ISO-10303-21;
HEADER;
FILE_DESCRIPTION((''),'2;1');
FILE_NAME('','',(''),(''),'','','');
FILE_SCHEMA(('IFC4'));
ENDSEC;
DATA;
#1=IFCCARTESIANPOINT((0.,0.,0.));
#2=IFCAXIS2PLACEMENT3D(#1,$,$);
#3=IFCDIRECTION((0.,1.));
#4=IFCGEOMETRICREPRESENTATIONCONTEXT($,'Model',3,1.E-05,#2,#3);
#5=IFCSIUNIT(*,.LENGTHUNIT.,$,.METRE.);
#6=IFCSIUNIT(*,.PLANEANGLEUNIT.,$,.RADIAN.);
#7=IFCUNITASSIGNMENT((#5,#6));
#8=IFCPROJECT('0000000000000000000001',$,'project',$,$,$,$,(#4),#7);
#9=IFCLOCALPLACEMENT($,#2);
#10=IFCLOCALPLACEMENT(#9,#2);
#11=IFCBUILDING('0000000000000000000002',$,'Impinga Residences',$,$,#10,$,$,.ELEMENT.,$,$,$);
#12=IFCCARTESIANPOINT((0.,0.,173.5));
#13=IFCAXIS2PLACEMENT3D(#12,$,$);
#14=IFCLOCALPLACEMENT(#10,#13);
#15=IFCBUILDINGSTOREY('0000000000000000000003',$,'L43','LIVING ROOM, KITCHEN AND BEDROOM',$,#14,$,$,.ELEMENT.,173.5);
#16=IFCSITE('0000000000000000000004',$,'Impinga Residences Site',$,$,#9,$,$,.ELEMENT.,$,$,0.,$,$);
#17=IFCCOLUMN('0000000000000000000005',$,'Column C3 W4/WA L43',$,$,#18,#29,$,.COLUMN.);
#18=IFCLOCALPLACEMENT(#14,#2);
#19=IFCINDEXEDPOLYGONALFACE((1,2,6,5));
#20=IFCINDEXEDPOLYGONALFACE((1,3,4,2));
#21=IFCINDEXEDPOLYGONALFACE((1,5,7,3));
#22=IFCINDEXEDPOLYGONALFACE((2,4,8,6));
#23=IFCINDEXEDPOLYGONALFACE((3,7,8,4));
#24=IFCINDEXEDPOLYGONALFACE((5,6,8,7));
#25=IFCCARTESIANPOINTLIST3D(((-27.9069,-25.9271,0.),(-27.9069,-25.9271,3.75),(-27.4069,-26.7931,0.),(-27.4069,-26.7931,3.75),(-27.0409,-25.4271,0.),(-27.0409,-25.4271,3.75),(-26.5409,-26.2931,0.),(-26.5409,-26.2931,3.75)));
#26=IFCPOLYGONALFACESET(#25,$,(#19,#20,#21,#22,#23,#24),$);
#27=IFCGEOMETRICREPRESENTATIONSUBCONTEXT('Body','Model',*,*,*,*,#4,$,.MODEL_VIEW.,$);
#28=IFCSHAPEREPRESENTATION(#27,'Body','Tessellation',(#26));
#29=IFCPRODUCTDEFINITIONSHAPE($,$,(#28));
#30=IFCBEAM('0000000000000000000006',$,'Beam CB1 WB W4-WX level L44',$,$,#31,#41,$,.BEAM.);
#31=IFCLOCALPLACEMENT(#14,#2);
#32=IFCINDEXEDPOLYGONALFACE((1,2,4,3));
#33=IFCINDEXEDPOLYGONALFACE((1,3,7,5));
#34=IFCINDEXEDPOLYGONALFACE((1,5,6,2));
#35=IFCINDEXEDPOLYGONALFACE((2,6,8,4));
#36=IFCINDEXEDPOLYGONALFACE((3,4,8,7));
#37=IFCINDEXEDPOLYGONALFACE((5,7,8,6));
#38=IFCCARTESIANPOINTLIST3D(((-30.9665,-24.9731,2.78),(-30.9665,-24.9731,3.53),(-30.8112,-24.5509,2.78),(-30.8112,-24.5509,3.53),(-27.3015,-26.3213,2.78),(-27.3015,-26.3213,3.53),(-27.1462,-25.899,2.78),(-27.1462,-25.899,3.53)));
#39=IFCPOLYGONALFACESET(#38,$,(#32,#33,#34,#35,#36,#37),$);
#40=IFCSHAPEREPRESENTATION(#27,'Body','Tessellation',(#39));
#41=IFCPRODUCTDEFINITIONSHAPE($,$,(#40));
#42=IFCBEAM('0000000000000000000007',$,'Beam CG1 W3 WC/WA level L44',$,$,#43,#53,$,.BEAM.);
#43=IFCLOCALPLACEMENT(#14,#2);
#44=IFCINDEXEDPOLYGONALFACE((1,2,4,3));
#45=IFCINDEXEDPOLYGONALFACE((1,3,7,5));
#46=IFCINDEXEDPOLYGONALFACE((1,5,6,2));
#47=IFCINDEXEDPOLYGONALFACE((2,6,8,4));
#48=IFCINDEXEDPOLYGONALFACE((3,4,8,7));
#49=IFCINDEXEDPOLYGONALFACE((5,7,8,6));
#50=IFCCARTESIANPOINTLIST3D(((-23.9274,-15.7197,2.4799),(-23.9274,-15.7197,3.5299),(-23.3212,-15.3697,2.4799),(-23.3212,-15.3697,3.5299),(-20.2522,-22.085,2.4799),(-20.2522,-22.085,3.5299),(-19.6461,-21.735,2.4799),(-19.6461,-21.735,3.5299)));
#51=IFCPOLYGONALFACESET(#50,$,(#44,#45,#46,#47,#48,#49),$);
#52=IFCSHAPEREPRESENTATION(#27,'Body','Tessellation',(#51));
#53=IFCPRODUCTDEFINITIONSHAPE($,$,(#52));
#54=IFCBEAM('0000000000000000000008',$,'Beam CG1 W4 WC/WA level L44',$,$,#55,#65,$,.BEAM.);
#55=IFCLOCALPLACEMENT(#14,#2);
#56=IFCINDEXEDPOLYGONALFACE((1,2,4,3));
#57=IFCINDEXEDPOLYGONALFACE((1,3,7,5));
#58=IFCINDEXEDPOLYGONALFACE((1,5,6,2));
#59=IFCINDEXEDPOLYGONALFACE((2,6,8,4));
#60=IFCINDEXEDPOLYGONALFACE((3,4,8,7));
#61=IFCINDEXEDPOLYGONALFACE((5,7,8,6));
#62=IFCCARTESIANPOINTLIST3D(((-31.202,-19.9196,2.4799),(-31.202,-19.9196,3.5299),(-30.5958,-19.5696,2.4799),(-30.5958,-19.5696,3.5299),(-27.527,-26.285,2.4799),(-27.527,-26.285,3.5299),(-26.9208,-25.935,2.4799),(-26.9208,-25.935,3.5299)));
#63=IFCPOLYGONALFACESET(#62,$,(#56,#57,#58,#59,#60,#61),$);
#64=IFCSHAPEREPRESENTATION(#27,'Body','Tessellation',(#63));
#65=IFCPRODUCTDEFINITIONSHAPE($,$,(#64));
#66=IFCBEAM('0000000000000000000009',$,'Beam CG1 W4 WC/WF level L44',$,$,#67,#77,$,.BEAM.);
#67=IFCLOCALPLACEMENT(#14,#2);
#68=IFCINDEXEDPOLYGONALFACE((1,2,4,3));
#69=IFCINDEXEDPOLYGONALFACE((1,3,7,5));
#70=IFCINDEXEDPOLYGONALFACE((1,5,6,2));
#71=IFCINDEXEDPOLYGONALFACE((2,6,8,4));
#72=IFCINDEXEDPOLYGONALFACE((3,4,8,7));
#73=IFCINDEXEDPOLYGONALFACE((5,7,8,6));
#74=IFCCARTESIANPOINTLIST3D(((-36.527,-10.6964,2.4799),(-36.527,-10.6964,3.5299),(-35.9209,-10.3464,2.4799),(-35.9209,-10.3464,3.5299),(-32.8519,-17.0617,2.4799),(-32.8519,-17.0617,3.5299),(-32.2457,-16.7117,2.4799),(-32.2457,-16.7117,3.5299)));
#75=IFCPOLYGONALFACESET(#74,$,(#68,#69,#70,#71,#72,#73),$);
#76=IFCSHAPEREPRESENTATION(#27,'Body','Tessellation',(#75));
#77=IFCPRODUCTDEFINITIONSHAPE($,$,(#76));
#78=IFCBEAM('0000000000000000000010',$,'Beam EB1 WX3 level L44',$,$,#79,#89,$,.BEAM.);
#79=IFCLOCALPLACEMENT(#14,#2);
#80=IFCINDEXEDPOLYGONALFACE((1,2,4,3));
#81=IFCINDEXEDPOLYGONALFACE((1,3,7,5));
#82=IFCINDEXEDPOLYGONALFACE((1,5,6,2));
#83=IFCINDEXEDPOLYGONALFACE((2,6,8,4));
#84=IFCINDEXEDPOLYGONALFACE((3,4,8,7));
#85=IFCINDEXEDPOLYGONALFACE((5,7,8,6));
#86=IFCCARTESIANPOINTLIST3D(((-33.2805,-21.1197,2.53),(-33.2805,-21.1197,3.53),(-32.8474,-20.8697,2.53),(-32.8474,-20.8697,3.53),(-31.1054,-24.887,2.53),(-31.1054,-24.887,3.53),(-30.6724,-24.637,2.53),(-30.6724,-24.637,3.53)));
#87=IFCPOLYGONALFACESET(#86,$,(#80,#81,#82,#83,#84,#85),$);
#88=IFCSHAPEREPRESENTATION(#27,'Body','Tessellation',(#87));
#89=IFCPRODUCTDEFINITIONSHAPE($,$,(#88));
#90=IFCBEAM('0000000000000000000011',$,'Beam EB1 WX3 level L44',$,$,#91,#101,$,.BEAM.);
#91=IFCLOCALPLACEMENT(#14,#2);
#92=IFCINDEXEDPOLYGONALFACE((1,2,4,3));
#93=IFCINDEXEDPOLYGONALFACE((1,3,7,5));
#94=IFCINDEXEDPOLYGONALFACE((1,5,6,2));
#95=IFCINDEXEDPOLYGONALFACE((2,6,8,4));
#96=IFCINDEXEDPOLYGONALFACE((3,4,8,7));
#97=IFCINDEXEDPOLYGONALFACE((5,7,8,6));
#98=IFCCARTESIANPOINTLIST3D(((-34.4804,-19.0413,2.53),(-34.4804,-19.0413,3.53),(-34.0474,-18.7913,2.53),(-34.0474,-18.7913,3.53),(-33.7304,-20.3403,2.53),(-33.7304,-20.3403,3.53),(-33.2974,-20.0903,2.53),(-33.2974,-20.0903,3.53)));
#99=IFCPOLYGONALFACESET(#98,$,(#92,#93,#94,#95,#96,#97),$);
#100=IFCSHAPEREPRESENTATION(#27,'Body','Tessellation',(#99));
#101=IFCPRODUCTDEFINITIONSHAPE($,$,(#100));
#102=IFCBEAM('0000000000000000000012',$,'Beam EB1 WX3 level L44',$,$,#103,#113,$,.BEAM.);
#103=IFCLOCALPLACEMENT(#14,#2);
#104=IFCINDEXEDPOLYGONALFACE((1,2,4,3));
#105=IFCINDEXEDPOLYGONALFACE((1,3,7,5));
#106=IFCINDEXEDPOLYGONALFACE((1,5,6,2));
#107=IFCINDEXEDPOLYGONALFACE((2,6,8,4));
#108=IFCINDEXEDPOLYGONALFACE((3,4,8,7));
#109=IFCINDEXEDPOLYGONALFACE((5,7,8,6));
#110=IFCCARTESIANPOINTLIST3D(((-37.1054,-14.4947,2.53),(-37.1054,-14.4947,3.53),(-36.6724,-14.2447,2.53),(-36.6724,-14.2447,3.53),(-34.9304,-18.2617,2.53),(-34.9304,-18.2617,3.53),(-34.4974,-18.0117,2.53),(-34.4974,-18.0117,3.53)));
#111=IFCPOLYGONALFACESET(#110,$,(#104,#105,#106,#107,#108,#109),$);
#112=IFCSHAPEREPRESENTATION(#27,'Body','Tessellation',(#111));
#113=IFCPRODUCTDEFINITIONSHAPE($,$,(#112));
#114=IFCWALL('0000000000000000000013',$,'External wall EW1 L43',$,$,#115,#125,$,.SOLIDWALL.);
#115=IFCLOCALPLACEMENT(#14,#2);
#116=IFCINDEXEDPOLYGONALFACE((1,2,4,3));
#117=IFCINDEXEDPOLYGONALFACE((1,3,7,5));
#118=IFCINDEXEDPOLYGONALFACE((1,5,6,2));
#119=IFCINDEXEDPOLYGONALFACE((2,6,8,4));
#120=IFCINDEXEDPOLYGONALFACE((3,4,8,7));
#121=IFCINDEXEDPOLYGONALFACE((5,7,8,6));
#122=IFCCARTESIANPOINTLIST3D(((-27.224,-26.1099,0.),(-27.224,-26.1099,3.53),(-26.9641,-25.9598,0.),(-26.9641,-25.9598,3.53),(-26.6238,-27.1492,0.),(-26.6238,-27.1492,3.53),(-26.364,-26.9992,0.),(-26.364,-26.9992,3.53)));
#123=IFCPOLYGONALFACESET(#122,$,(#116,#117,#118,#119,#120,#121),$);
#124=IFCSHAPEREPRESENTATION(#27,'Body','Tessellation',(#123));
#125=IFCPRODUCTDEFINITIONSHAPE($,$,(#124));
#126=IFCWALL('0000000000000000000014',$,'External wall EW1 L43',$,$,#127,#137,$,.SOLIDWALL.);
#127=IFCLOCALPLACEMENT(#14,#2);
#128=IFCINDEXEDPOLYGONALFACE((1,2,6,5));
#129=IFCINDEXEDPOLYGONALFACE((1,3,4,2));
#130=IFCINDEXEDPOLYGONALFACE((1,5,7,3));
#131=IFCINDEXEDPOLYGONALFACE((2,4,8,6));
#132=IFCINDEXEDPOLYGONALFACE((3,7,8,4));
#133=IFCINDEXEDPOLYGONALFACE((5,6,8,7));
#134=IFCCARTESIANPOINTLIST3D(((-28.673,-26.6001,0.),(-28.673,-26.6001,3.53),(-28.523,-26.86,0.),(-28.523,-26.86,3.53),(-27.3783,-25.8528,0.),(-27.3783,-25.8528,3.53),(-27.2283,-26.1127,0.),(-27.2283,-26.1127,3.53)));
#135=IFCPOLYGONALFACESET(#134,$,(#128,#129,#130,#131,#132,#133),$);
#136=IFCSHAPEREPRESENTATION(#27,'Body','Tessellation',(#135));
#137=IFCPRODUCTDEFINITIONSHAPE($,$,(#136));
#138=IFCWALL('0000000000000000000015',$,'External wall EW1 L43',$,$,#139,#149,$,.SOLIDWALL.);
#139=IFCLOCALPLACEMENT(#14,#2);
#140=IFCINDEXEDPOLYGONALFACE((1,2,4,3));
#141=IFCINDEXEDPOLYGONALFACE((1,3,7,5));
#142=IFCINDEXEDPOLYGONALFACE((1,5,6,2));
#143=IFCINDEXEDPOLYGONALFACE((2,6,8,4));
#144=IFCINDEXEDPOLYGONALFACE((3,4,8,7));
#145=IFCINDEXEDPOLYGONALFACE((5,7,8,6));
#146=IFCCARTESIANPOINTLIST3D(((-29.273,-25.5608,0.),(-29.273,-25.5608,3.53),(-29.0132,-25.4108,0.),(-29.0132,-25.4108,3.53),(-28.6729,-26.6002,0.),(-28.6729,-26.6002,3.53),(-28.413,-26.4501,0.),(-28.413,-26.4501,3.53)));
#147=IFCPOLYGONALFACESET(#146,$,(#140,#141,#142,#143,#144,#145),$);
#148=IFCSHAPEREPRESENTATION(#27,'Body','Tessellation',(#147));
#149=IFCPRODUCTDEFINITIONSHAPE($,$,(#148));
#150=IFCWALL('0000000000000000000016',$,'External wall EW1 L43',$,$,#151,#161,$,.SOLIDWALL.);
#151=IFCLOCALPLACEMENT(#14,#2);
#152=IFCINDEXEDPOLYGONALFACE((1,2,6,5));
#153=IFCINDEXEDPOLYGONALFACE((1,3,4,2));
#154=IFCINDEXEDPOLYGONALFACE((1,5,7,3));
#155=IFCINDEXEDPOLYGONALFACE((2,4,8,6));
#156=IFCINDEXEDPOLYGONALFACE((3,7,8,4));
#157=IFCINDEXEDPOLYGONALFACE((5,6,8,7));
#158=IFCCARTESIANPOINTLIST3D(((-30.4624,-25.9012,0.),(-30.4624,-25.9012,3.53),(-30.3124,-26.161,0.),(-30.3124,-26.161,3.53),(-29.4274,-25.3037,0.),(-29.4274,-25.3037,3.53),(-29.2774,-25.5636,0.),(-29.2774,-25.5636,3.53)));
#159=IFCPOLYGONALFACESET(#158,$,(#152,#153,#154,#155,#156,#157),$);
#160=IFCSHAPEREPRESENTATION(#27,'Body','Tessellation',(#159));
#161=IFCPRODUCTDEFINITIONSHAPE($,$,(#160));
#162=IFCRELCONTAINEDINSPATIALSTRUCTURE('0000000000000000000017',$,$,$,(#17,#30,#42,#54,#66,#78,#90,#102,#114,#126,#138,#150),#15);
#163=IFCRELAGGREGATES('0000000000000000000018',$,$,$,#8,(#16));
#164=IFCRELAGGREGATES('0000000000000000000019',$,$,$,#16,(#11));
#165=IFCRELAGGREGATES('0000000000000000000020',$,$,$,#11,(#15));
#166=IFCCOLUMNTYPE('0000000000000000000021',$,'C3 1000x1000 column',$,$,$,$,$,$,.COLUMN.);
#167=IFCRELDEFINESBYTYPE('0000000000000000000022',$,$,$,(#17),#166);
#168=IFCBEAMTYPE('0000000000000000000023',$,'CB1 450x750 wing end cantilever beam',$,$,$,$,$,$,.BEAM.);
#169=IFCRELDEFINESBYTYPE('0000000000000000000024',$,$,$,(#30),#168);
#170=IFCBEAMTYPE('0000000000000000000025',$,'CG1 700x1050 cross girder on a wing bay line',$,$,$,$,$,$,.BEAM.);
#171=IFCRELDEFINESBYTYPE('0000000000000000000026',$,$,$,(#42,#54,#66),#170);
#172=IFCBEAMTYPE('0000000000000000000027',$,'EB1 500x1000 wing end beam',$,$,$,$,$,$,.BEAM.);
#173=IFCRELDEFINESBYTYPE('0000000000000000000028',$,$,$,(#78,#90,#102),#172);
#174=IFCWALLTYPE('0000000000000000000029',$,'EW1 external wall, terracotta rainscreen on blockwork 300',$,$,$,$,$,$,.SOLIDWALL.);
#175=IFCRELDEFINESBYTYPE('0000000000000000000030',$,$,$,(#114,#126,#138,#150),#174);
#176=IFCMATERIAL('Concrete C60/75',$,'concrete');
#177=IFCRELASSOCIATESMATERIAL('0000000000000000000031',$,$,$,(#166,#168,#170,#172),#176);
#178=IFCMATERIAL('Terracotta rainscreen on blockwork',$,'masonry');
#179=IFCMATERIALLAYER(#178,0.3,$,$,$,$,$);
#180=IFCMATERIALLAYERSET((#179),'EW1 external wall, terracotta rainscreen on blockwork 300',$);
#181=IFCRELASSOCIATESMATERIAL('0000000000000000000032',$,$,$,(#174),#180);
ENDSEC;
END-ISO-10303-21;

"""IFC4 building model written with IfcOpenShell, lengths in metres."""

from ifc_helpers import new_model, si_unit, direction, frame, frame_2d, origin, origin_2d, place, context, subcontext, project, spatial, rectangle, extrude, material, layer, layer_set, material_profile, profile_set, type_object, element, save


model = new_model("IFC4")

# Units and contexts
model_context = context("Model", 3, precision=1e-05, world=origin(), true_north=direction((0.0, 1.0)))
body_context = subcontext(model_context, "Body", "Model", "MODEL_VIEW")
ifc_project = project(units=[si_unit("LENGTHUNIT", "METRE"), si_unit("PLANEANGLEUNIT", "RADIAN")], contexts=[model_context])

# Site, building, storey
site_placement = place(None, origin())
site = spatial("IfcSite", under=ifc_project, at=site_placement, Name="Impinga Residences Site", CompositionType="ELEMENT", RefElevation=0.0)
building_placement = place(site_placement, origin())
building = spatial("IfcBuilding", under=site, at=building_placement, Name="Impinga Residences", CompositionType="ELEMENT")
storey_placement = place(building_placement, frame((0.0, 0.0, 173.5)))
storey = spatial("IfcBuildingStorey", under=building, at=storey_placement, Name="L43", Description="LIVING ROOM, KITCHEN AND BEDROOM", CompositionType="ELEMENT", Elevation=173.5)

# Column
ifc_material_1 = material(Name="Concrete C60/75", Category="concrete")
ifc_material_profile_1 = material_profile(ifc_material_1, rectangle(XDim=1.0, YDim=1.0, at=origin_2d()), Name="RC 1000x1000")
ifc_profile_set_1 = profile_set([ifc_material_profile_1], Name="Concrete C60/75")
column_type = type_object("IfcColumnType", Name="C3 1000x1000 column", PredefinedType="COLUMN", material=ifc_profile_set_1)
column_placement = place(storey_placement, frame((-27.2239, -26.1101, 0.0), z_axis=(0.0, 0.0, 1.0), x_axis=(-0.5, 0.866025, 0.0)))
element("IfcColumn", 1, at=column_placement, inside=storey, type_object=column_type, Name="Column C3 W4/WA L43", PredefinedType="COLUMN", context=body_context, shape_type="SweptSolid", body=[
    extrude(rectangle(XDim=1.0, YDim=1.0, at=origin_2d()), origin(), (0.0, 0.0, 1.0), 3.75),
])

# Beams
ifc_material_profile_2 = material_profile(ifc_material_1, rectangle(XDim=0.45, YDim=0.75, at=origin_2d()), Name="RC 450x750")
ifc_profile_set_2 = profile_set([ifc_material_profile_2], Name="Concrete C60/75")
beam_type_1 = type_object("IfcBeamType", Name="CB1 450x750 wing end cantilever beam", PredefinedType="BEAM", material=ifc_profile_set_2)
beam_1_placement = place(storey_placement, frame((-27.2239, -26.1101, 3.155), z_axis=(-0.93852, 0.345224, 0.0), x_axis=(-0.345224, -0.93852, 0.0)))
element("IfcBeam", 2, at=beam_1_placement, inside=storey, type_object=beam_type_1, Name="Beam CB1 WB W4-WX level L44", PredefinedType="BEAM", context=body_context, shape_type="SweptSolid", body=[
    extrude(rectangle(XDim=0.45, YDim=0.75, at=origin_2d()), origin(), (0.0, 0.0, 1.0), 3.905),
])
ifc_material_profile_3 = material_profile(ifc_material_1, rectangle(XDim=0.7, YDim=1.05, at=origin_2d()), Name="RC 700x1050")
ifc_profile_set_3 = profile_set([ifc_material_profile_3], Name="Concrete C60/75")
beam_type_2 = type_object("IfcBeamType", Name="CG1 700x1050 cross girder on a wing bay line", PredefinedType="BEAM", material=ifc_profile_set_3)
for number, where, z_axis, x_axis, name in (
    (3, (-23.6243, -15.5447, 3.0049), (0.500008, -0.866021, 0.0), (0.866021, 0.500008, 0.0), "Beam CG1 W3 WC/WA level L44"),
    (4, (-30.8989, -19.7446, 3.0049), (0.499994, -0.866029, 0.0), (0.866029, 0.499994, 0.0), "Beam CG1 W4 WC/WA level L44"),
    (5, (-32.5488, -16.8867, 3.0049), (-0.500008, 0.866021, 0.0), (-0.866021, -0.500008, 0.0), "Beam CG1 W4 WC/WF level L44"),
):
    element("IfcBeam", number, at=place(storey_placement, frame(where, z_axis=z_axis, x_axis=x_axis)), inside=storey, type_object=beam_type_2, Name=name, PredefinedType="BEAM", context=body_context, shape_type="SweptSolid", body=[
        extrude(rectangle(XDim=0.7, YDim=1.05, at=origin_2d()), origin(), (0.0, 0.0, 1.0), 7.3501),
    ])
ifc_material_profile_4 = material_profile(ifc_material_1, rectangle(XDim=0.5, YDim=1.0, at=origin_2d()), Name="RC 500x1000")
ifc_profile_set_4 = profile_set([ifc_material_profile_4], Name="Concrete C60/75")
beam_type_3 = type_object("IfcBeamType", Name="EB1 500x1000 wing end beam", PredefinedType="BEAM", material=ifc_profile_set_4)
beam_2_placement = place(storey_placement, frame((-30.8889, -24.762, 3.03), z_axis=(-0.499996, 0.866028, 0.0), x_axis=(-0.866028, -0.499996, 0.0)))
element("IfcBeam", 6, at=beam_2_placement, inside=storey, type_object=beam_type_3, Name="Beam EB1 WX3 level L44", PredefinedType="BEAM", context=body_context, shape_type="SweptSolid", body=[
    extrude(rectangle(XDim=0.5, YDim=1.0, at=origin_2d()), origin(), (0.0, 0.0, 1.0), 4.3501),
])
beam_3_placement = place(storey_placement, frame((-33.5139, -20.2153, 3.03), z_axis=(-0.49999, 0.866031, 0.0), x_axis=(-0.866031, -0.49999, 0.0)))
element("IfcBeam", 7, at=beam_3_placement, inside=storey, type_object=beam_type_3, Name="Beam EB1 WX3 level L44", PredefinedType="BEAM", context=body_context, shape_type="SweptSolid", body=[
    extrude(rectangle(XDim=0.5, YDim=1.0, at=origin_2d()), origin(), (0.0, 0.0, 1.0), 1.5),
])
beam_4_placement = place(storey_placement, frame((-34.7139, -18.1367, 3.03), z_axis=(-0.50002, 0.866014, 0.0), x_axis=(-0.866014, -0.50002, 0.0)))
element("IfcBeam", 8, at=beam_4_placement, inside=storey, type_object=beam_type_3, Name="Beam EB1 WX3 level L44", PredefinedType="BEAM", context=body_context, shape_type="SweptSolid", body=[
    extrude(rectangle(XDim=0.5, YDim=1.0, at=origin_2d()), origin(), (0.0, 0.0, 1.0), 4.3499),
])

# Walls
ifc_material_2 = material(Name="Terracotta rainscreen on blockwork", Category="masonry")
ifc_layer_1 = layer(ifc_material_2, 0.3)
ifc_layer_set_1 = layer_set([ifc_layer_1], Name="EW1 external wall, terracotta rainscreen on blockwork 300")
wall_type_1 = type_object("IfcWallType", Name="EW1 external wall, terracotta rainscreen on blockwork 300", PredefinedType="SOLIDWALL", material=ifc_layer_set_1)
wall_1_placement = place(storey_placement, frame((-26.4939, -27.0742, 0.0), z_axis=(0.0, 0.0, 1.0), x_axis=(-0.500034, 0.866006, 0.0)))
element("IfcWall", 9, at=wall_1_placement, inside=storey, type_object=wall_type_1, Name="External wall EW1 L43", PredefinedType="SOLIDWALL", context=body_context, shape_type="SweptSolid", body=[
    extrude(rectangle(XDim=1.2002, YDim=0.3, at=frame_2d((0.6001, 0.0))), origin(), (0.0, 0.0, 1.0), 3.53),
])
wall_2_placement = place(storey_placement, frame((-27.3032, -25.9827, 0.0), z_axis=(0.0, 0.0, 1.0), x_axis=(-0.866074, -0.499916, 0.0)))
element("IfcWall", 10, at=wall_2_placement, inside=storey, type_object=wall_type_1, Name="External wall EW1 L43", PredefinedType="SOLIDWALL", context=body_context, shape_type="SweptSolid", body=[
    extrude(rectangle(XDim=1.4949, YDim=0.3, at=frame_2d((0.7476, 0.0))), origin(), (0.0, 0.0, 1.0), 3.53),
])
wall_3_placement = place(storey_placement, frame((-28.543, -26.5251, 0.0), z_axis=(0.0, 0.0, 1.0), x_axis=(-0.500034, 0.866006, 0.0)))
element("IfcWall", 11, at=wall_3_placement, inside=storey, type_object=wall_type_1, Name="External wall EW1 L43", PredefinedType="SOLIDWALL", context=body_context, shape_type="SweptSolid", body=[
    extrude(rectangle(XDim=1.2002, YDim=0.3, at=frame_2d((0.6001, 0.0))), origin(), (0.0, 0.0, 1.0), 3.53),
])
wall_4_placement = place(storey_placement, frame((-29.3523, -25.4336, 0.0), z_axis=(0.0, 0.0, 1.0), x_axis=(-0.86606, -0.499941, 0.0)))
element("IfcWall", 12, at=wall_4_placement, inside=storey, type_object=wall_type_1, Name="External wall EW1 L43", PredefinedType="SOLIDWALL", context=body_context, shape_type="SweptSolid", body=[
    extrude(rectangle(XDim=1.1951, YDim=0.3, at=frame_2d((0.5977, 0.0))), origin(), (0.0, 0.0, 1.0), 3.53),
])

save(model, "model.ifc")
